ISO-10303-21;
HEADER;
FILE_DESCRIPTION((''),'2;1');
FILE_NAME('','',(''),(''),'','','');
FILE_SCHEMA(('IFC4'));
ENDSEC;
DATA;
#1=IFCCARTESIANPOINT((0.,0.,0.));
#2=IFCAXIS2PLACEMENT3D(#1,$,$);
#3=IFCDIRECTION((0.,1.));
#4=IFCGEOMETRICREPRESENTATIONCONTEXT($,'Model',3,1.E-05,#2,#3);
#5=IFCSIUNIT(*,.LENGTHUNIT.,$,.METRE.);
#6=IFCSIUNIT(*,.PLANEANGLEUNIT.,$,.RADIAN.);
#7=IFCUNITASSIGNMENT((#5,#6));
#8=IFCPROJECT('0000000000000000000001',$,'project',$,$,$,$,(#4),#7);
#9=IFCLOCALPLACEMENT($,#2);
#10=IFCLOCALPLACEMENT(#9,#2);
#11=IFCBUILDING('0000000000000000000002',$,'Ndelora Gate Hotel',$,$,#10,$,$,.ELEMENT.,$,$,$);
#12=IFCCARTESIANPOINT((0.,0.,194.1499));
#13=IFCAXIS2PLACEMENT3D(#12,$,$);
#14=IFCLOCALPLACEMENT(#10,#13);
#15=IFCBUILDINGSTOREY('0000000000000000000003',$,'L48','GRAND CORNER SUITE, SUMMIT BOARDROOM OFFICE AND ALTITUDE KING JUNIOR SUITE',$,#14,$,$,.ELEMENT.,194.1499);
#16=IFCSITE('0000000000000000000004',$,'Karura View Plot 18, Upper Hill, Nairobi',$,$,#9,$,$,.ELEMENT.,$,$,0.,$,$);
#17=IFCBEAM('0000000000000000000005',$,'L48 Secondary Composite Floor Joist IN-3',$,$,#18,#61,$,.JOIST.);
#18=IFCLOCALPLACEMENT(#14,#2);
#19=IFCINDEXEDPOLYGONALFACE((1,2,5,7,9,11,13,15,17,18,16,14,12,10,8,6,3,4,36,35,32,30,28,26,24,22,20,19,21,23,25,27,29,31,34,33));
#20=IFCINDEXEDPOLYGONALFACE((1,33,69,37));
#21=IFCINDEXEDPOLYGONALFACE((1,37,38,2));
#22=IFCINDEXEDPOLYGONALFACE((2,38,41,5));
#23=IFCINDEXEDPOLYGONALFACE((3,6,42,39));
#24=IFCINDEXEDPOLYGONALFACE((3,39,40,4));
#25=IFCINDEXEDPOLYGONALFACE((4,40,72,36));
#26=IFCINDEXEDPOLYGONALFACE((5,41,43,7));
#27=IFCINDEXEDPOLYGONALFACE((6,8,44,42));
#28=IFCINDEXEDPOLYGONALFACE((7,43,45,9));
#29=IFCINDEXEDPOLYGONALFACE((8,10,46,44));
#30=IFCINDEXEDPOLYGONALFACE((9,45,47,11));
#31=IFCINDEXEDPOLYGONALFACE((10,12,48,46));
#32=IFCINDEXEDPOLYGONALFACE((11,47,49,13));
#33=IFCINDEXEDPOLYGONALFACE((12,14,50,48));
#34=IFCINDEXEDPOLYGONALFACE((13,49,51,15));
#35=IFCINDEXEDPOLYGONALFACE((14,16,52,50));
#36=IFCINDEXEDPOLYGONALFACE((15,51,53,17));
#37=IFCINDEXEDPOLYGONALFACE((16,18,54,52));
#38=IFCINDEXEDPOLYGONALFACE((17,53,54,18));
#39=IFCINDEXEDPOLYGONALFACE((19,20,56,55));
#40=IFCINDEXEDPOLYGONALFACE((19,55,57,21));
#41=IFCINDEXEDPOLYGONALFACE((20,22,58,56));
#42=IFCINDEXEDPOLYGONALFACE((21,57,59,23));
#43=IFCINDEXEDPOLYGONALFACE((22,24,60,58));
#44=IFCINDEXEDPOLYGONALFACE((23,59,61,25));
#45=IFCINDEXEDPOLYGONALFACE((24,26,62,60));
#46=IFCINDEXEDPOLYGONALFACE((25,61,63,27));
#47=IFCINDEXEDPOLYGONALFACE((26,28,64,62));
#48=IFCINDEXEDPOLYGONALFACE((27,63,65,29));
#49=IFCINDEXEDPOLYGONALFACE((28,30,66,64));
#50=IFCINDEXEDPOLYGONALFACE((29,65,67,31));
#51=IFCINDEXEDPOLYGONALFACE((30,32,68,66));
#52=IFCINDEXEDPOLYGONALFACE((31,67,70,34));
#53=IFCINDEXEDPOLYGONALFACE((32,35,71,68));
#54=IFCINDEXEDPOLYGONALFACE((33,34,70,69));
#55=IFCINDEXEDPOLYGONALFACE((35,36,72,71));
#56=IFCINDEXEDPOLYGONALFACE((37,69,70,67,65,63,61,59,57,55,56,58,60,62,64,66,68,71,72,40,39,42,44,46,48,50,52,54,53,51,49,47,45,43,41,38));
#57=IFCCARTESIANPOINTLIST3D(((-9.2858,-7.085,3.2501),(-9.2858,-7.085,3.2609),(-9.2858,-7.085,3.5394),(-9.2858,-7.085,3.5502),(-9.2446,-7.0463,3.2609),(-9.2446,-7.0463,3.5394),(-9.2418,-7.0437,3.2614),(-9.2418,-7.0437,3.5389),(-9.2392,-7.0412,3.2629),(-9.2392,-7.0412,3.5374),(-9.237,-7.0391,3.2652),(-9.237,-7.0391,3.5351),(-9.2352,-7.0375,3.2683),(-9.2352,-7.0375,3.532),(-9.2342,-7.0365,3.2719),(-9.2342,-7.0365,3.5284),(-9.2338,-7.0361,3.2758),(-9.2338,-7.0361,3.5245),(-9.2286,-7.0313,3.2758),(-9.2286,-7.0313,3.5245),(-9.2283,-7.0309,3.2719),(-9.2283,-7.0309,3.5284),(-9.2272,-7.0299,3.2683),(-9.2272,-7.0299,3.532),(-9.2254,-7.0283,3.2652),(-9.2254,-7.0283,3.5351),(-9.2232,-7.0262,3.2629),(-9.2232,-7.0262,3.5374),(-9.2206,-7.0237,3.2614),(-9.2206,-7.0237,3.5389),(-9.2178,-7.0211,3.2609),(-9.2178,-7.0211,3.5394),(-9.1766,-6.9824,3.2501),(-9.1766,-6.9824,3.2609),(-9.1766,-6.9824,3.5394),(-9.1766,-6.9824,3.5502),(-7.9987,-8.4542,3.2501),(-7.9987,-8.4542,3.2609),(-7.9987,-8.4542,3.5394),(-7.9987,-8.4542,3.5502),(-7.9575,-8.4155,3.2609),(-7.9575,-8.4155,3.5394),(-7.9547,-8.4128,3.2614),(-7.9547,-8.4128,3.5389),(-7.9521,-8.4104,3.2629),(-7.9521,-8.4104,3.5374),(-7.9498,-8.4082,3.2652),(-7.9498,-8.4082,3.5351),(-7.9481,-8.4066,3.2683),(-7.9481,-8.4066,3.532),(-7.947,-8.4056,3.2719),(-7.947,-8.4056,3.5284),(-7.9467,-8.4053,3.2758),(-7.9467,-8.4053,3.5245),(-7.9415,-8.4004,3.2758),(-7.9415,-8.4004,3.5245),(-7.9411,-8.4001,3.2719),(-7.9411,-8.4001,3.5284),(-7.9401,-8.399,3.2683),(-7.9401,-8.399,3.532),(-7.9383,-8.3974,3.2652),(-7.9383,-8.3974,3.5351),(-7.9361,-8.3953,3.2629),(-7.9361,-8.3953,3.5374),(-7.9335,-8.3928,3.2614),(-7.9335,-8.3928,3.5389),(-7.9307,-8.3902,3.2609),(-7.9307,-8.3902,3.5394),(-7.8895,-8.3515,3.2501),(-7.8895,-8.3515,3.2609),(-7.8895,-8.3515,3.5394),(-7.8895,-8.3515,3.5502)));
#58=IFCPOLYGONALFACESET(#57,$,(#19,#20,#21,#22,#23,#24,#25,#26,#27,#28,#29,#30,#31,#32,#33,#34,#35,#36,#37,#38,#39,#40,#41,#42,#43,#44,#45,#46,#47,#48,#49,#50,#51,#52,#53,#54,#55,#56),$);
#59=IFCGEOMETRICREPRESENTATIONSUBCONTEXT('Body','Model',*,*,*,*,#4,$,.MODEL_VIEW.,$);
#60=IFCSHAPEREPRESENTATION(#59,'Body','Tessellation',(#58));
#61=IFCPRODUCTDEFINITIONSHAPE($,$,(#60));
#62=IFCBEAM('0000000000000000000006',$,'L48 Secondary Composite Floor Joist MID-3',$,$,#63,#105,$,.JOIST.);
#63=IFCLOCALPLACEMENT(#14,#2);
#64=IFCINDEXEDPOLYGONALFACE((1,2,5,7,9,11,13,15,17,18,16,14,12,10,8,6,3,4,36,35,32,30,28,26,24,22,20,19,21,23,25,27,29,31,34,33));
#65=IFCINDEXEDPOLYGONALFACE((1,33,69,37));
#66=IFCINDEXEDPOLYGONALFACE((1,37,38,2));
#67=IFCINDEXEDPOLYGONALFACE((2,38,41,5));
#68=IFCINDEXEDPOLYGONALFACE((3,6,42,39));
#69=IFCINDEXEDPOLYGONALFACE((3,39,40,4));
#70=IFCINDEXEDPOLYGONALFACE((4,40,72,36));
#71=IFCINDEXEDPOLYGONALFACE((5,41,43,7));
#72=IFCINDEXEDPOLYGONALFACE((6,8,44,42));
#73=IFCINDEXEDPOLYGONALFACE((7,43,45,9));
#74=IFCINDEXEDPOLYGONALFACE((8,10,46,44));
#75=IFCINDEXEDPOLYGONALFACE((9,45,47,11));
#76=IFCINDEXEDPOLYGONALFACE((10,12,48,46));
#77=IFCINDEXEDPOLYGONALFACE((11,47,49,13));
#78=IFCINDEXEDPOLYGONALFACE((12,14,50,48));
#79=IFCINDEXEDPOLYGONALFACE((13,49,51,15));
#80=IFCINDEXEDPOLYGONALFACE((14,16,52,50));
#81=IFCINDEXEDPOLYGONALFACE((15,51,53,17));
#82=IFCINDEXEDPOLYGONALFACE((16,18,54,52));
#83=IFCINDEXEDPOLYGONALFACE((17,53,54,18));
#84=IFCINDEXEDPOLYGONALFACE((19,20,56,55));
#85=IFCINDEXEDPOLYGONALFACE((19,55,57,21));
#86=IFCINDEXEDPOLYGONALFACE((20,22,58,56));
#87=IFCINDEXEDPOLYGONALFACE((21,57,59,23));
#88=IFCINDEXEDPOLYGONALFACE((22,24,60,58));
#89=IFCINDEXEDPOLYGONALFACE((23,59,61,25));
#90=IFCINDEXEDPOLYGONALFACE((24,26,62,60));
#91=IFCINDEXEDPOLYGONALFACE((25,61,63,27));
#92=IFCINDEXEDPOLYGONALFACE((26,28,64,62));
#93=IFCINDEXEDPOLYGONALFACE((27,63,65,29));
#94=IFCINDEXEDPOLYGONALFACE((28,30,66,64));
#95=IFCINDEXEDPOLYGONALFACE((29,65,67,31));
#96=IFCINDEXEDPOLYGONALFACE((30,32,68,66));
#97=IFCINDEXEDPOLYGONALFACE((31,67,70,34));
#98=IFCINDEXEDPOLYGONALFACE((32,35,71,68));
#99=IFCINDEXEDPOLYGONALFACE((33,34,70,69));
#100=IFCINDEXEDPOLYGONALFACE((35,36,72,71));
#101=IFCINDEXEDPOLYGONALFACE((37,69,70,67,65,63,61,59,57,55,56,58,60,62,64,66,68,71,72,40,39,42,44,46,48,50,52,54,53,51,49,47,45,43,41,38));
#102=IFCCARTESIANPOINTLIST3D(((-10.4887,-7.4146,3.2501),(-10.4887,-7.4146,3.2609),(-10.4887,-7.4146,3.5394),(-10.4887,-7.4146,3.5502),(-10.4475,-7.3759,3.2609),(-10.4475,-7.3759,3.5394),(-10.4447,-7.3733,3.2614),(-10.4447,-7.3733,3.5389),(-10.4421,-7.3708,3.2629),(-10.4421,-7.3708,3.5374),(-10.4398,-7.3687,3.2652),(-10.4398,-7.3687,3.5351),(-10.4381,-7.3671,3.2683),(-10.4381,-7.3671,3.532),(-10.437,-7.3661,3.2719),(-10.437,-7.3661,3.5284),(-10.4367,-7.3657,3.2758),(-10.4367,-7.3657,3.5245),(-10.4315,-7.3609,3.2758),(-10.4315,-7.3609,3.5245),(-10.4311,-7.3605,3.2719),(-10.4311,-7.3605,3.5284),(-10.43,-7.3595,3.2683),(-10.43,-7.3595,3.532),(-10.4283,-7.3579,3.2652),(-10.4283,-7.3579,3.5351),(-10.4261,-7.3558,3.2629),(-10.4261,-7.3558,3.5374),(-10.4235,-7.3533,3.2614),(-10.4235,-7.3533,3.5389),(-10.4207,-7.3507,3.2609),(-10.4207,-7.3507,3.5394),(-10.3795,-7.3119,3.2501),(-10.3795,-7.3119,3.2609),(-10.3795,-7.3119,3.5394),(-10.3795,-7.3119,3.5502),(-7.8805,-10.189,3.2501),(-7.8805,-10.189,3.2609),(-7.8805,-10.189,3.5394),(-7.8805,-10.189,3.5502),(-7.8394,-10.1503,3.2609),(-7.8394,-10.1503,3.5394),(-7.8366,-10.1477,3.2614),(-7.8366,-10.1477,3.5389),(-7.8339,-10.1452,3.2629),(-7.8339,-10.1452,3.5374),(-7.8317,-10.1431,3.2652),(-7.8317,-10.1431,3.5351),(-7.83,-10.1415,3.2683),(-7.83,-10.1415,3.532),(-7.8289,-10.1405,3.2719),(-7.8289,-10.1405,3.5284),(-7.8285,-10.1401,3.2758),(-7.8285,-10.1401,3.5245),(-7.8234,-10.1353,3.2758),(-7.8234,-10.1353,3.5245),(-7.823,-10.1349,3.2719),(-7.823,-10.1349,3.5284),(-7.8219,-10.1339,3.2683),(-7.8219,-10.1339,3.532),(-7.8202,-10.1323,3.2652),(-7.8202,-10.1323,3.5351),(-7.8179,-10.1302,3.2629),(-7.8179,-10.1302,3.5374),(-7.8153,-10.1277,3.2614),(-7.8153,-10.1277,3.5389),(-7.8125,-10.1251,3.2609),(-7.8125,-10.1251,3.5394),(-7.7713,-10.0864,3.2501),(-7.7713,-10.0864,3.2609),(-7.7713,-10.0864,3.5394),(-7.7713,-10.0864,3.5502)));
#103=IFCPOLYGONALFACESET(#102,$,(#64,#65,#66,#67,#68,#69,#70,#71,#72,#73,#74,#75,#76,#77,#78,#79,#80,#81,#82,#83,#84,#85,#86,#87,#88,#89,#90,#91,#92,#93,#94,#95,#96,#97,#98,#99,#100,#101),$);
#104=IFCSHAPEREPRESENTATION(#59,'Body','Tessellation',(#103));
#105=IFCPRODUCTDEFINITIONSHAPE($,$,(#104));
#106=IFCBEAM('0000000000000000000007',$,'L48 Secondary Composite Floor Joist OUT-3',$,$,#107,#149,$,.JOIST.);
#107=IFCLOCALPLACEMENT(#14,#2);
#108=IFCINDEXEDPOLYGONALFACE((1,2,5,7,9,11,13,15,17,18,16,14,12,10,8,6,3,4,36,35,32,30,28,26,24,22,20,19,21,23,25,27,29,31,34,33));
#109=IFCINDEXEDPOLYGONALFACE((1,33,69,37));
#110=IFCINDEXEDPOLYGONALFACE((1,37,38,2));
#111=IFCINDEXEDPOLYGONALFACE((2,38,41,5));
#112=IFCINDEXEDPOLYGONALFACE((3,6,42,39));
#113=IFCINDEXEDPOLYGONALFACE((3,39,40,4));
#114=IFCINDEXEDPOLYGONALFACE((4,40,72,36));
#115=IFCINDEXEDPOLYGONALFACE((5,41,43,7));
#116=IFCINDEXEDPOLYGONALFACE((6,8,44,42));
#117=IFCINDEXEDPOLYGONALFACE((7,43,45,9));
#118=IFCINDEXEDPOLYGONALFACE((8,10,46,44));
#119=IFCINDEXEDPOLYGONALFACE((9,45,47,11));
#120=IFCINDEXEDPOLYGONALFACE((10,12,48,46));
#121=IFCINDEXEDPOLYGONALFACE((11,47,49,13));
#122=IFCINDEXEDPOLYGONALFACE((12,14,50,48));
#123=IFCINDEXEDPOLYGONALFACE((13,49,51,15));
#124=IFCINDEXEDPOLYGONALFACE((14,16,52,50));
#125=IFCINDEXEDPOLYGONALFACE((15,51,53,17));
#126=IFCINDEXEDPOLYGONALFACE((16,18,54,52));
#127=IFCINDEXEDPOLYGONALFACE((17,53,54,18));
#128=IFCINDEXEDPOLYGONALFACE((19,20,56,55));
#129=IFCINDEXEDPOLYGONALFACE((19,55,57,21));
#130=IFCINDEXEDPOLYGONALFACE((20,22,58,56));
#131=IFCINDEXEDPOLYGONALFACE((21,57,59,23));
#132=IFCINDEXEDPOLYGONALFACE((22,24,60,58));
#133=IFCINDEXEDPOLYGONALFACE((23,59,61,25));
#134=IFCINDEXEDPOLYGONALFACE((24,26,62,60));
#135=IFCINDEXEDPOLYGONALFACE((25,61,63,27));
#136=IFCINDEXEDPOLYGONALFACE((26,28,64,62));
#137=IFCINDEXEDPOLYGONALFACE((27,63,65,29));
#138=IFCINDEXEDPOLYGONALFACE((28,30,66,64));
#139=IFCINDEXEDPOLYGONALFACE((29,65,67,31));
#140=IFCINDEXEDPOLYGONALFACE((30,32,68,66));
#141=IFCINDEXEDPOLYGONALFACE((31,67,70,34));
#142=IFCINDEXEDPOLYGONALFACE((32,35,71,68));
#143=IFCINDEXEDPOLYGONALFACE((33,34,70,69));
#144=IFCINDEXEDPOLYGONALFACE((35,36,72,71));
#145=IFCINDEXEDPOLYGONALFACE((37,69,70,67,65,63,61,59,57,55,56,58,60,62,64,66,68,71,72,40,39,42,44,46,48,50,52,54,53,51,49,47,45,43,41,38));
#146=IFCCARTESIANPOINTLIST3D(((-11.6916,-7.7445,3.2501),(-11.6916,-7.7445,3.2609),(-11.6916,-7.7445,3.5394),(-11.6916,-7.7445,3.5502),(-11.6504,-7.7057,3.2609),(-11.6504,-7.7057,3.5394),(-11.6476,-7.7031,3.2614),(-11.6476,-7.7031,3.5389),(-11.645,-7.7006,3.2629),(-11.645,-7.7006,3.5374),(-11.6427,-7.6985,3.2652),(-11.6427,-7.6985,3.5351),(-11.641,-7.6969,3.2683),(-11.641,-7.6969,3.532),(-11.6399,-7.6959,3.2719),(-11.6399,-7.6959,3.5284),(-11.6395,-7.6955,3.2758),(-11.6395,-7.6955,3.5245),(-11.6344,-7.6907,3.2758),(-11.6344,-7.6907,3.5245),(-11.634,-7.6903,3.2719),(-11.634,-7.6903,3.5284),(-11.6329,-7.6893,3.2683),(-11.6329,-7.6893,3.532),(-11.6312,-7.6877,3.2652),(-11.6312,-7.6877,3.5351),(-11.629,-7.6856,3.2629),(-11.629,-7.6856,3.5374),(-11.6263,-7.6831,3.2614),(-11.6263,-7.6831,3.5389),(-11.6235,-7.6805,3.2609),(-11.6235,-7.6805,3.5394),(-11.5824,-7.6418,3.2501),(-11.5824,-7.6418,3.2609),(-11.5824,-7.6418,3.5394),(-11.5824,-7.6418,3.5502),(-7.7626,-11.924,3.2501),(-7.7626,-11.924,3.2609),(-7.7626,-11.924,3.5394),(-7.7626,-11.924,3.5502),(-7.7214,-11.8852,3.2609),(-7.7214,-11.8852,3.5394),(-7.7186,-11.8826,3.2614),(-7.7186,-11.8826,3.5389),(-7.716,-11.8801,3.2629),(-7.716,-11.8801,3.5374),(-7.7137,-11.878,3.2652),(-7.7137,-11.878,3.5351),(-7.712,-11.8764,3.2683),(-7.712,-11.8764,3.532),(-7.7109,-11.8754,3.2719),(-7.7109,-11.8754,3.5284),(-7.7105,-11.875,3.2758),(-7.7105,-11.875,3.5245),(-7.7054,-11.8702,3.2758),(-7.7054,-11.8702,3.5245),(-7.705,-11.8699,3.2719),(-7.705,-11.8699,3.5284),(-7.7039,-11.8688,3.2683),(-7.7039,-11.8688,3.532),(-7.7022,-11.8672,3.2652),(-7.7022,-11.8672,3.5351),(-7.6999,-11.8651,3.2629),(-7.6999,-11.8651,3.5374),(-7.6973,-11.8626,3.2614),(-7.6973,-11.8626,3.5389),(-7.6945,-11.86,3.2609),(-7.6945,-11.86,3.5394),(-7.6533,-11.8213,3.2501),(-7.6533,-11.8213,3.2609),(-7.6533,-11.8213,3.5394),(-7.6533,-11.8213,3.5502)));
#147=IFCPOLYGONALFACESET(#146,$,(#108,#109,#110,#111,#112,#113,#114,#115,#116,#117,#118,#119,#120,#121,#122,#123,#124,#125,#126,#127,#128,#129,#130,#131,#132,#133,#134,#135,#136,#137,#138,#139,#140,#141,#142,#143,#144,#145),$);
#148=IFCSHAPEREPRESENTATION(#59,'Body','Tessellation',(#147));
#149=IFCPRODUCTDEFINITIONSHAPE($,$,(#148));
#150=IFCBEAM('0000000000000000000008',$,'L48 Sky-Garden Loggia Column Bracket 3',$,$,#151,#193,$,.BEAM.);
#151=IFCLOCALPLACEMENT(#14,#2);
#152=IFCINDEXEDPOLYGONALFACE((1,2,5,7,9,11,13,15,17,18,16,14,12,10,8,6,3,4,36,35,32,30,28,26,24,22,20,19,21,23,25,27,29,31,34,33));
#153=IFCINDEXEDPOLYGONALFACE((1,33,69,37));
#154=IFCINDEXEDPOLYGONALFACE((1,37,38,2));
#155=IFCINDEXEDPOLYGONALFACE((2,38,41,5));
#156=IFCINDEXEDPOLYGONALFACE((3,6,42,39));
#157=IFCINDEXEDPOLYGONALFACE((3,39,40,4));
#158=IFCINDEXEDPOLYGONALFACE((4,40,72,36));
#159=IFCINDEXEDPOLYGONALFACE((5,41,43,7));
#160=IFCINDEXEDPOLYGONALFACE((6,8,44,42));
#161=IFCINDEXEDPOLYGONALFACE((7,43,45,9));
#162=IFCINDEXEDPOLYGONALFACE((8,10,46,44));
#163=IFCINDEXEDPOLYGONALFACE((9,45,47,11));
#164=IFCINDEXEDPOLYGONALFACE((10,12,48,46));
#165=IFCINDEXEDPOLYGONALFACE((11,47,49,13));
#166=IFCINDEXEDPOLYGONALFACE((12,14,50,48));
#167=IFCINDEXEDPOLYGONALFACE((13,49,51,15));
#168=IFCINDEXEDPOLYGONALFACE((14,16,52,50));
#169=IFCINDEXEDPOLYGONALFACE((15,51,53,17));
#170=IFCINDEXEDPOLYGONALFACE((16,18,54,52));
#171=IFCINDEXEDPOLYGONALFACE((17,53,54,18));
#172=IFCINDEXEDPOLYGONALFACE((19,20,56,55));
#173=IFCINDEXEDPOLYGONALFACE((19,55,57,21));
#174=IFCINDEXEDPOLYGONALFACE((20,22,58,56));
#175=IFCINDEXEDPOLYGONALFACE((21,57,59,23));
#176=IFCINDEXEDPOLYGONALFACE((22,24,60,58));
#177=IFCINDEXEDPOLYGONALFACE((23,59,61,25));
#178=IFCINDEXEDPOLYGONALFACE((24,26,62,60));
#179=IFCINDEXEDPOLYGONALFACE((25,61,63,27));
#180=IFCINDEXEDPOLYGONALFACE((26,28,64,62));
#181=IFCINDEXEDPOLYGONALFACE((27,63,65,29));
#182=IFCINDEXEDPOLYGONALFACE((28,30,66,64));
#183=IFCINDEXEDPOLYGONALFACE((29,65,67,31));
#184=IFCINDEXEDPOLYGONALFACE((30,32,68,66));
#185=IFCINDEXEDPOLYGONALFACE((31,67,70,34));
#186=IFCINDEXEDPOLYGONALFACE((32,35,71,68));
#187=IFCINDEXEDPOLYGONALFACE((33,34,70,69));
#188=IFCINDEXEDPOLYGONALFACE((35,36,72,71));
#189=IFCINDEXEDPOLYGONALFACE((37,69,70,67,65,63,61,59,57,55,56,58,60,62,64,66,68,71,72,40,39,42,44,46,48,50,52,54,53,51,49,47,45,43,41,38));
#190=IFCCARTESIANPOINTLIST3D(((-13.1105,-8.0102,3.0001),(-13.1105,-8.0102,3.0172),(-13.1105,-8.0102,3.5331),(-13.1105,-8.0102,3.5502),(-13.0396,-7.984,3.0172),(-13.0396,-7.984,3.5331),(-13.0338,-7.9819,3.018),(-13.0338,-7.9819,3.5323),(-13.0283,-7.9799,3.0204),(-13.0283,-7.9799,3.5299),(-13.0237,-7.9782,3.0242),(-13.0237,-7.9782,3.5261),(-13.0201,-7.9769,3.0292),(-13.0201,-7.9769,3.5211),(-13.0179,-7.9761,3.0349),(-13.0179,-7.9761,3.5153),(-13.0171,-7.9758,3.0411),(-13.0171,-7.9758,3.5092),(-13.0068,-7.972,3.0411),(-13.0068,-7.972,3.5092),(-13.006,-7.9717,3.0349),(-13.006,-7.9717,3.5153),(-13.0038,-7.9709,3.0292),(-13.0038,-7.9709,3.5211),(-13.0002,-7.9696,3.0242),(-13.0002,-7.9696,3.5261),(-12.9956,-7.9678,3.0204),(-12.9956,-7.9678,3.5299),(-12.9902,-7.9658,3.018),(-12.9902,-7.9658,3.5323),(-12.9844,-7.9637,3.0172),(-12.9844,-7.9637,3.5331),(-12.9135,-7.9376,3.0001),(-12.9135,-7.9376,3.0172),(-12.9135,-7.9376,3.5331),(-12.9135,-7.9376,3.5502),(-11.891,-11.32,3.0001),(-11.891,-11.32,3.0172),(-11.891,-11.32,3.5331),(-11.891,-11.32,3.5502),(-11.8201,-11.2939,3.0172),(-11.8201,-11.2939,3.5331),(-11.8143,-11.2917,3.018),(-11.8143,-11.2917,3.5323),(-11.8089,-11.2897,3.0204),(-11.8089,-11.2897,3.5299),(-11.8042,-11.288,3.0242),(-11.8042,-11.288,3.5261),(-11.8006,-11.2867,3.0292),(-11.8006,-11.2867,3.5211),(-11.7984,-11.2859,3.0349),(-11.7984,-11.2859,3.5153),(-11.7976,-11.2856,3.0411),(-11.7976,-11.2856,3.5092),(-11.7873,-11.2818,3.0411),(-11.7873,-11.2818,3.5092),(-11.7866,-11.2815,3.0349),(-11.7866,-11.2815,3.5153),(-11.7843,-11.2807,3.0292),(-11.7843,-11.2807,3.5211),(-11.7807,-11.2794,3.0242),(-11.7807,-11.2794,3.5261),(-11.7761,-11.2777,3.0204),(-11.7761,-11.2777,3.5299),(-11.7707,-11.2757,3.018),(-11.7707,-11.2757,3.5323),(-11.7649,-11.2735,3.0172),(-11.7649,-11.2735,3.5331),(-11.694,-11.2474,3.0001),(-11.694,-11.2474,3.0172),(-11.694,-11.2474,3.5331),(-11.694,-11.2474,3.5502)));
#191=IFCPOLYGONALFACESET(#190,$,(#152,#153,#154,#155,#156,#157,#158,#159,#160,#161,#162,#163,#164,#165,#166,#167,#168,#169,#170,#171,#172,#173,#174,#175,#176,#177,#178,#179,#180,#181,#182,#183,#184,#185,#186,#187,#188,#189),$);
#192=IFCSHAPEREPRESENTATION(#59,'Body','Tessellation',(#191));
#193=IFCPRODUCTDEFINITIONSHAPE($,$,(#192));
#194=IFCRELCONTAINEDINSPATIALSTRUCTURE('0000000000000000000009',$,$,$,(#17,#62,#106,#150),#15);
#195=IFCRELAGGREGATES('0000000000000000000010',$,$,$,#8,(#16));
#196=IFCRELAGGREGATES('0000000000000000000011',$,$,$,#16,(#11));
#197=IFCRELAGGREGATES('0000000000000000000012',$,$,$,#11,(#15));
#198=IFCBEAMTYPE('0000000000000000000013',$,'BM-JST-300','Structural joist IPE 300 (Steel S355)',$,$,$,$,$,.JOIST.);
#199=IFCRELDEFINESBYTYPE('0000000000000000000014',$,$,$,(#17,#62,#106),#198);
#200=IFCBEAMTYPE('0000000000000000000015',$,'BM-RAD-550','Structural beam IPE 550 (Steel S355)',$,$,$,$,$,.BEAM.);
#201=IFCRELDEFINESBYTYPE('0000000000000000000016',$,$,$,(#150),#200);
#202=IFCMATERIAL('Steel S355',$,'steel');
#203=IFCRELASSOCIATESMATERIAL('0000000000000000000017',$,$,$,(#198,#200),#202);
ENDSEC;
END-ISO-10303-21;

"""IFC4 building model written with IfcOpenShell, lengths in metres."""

from ifc_helpers import new_model, si_unit, direction, frame, origin, origin_2d, place, context, subcontext, project, spatial, i_section, extrude, material, material_profile, profile_set, type_object, element, save


model = new_model("IFC4")

# Units and contexts
model_context = context("Model", 3, precision=1e-05, world=origin(), true_north=direction((0.0, 1.0)))
body_context = subcontext(model_context, "Body", "Model", "MODEL_VIEW")
ifc_project = project(units=[si_unit("LENGTHUNIT", "METRE"), si_unit("PLANEANGLEUNIT", "RADIAN")], contexts=[model_context])

# Site, building, storey
site_placement = place(None, origin())
site = spatial("IfcSite", under=ifc_project, at=site_placement, Name="Karura View Plot 18, Upper Hill, Nairobi", CompositionType="ELEMENT", RefElevation=0.0)
building_placement = place(site_placement, origin())
building = spatial("IfcBuilding", under=site, at=building_placement, Name="Ndelora Gate Hotel", CompositionType="ELEMENT")
storey_placement = place(building_placement, frame((0.0, 0.0, 194.1499)))
storey = spatial("IfcBuildingStorey", under=building, at=storey_placement, Name="L48", Description="GRAND CORNER SUITE, SUMMIT BOARDROOM OFFICE AND ALTITUDE KING JUNIOR SUITE", CompositionType="ELEMENT", Elevation=194.1499)

# Beams
ifc_material_1 = material(Name="Steel S355", Category="steel")
ifc_material_profile_1 = material_profile(ifc_material_1, i_section(OverallWidth=0.1499, OverallDepth=0.3, WebThickness=0.0071, FlangeThickness=0.0107, FilletRadius=0.0149, at=origin_2d()), Name="IPE 300")
ifc_profile_set_1 = profile_set([ifc_material_profile_1], Name="Steel S355")
beam_type_1 = type_object("IfcBeamType", Name="BM-JST-300", Description="Structural joist IPE 300 (Steel S355)", PredefinedType="JOIST", material=ifc_profile_set_1)
beam_1_placement = place(storey_placement, frame((-9.2312, -7.0337, 3.4001), z_axis=(0.684943, -0.728597, 0.0), x_axis=(0.728597, 0.684943, 0.0)))
element("IfcBeam", 1, at=beam_1_placement, inside=storey, type_object=beam_type_1, Name="L48 Secondary Composite Floor Joist IN-3", PredefinedType="JOIST", context=body_context, shape_type="SweptSolid", body=[
    extrude(i_section(OverallWidth=0.1499, OverallDepth=0.3, WebThickness=0.0071, FlangeThickness=0.0107, FilletRadius=0.0149, at=origin_2d()), origin(), (0.0, 0.0, 1.0), 1.8792),
])
beam_2_placement = place(storey_placement, frame((-10.4341, -7.3633, 3.4001), z_axis=(0.684939, -0.728601, 0.0), x_axis=(0.728601, 0.684939, 0.0)))
element("IfcBeam", 2, at=beam_2_placement, inside=storey, type_object=beam_type_1, Name="L48 Secondary Composite Floor Joist MID-3", PredefinedType="JOIST", context=body_context, shape_type="SweptSolid", body=[
    extrude(i_section(OverallWidth=0.1499, OverallDepth=0.3, WebThickness=0.0071, FlangeThickness=0.0107, FilletRadius=0.0149, at=origin_2d()), origin(), (0.0, 0.0, 1.0), 3.8079),
])
beam_3_placement = place(storey_placement, frame((-11.637, -7.6931, 3.4001), z_axis=(0.684936, -0.728603, 0.0), x_axis=(0.728603, 0.684936, 0.0)))
element("IfcBeam", 3, at=beam_3_placement, inside=storey, type_object=beam_type_1, Name="L48 Secondary Composite Floor Joist OUT-3", PredefinedType="JOIST", context=body_context, shape_type="SweptSolid", body=[
    extrude(i_section(OverallWidth=0.1499, OverallDepth=0.3, WebThickness=0.0071, FlangeThickness=0.0107, FilletRadius=0.0149, at=origin_2d()), origin(), (0.0, 0.0, 1.0), 5.7363),
])
ifc_material_profile_2 = material_profile(ifc_material_1, i_section(OverallWidth=0.21, OverallDepth=0.55, WebThickness=0.011, FlangeThickness=0.0171, FilletRadius=0.0239, at=origin_2d()), Name="IPE 550")
ifc_profile_set_2 = profile_set([ifc_material_profile_2], Name="Steel S355")
beam_type_2 = type_object("IfcBeamType", Name="BM-RAD-550", Description="Structural beam IPE 550 (Steel S355)", PredefinedType="BEAM", material=ifc_profile_set_2)
beam_4_placement = place(storey_placement, frame((-13.012, -7.9739, 3.2751), z_axis=(0.345725, -0.938336, 0.0), x_axis=(0.938336, 0.345725, 0.0)))
element("IfcBeam", 4, at=beam_4_placement, inside=storey, type_object=beam_type_2, Name="L48 Sky-Garden Loggia Column Bracket 3", PredefinedType="BEAM", context=body_context, shape_type="SweptSolid", body=[
    extrude(i_section(OverallWidth=0.21, OverallDepth=0.55, WebThickness=0.011, FlangeThickness=0.0171, FilletRadius=0.0239, at=origin_2d()), origin(), (0.0, 0.0, 1.0), 3.5273),
])

save(model, "model.ifc")
